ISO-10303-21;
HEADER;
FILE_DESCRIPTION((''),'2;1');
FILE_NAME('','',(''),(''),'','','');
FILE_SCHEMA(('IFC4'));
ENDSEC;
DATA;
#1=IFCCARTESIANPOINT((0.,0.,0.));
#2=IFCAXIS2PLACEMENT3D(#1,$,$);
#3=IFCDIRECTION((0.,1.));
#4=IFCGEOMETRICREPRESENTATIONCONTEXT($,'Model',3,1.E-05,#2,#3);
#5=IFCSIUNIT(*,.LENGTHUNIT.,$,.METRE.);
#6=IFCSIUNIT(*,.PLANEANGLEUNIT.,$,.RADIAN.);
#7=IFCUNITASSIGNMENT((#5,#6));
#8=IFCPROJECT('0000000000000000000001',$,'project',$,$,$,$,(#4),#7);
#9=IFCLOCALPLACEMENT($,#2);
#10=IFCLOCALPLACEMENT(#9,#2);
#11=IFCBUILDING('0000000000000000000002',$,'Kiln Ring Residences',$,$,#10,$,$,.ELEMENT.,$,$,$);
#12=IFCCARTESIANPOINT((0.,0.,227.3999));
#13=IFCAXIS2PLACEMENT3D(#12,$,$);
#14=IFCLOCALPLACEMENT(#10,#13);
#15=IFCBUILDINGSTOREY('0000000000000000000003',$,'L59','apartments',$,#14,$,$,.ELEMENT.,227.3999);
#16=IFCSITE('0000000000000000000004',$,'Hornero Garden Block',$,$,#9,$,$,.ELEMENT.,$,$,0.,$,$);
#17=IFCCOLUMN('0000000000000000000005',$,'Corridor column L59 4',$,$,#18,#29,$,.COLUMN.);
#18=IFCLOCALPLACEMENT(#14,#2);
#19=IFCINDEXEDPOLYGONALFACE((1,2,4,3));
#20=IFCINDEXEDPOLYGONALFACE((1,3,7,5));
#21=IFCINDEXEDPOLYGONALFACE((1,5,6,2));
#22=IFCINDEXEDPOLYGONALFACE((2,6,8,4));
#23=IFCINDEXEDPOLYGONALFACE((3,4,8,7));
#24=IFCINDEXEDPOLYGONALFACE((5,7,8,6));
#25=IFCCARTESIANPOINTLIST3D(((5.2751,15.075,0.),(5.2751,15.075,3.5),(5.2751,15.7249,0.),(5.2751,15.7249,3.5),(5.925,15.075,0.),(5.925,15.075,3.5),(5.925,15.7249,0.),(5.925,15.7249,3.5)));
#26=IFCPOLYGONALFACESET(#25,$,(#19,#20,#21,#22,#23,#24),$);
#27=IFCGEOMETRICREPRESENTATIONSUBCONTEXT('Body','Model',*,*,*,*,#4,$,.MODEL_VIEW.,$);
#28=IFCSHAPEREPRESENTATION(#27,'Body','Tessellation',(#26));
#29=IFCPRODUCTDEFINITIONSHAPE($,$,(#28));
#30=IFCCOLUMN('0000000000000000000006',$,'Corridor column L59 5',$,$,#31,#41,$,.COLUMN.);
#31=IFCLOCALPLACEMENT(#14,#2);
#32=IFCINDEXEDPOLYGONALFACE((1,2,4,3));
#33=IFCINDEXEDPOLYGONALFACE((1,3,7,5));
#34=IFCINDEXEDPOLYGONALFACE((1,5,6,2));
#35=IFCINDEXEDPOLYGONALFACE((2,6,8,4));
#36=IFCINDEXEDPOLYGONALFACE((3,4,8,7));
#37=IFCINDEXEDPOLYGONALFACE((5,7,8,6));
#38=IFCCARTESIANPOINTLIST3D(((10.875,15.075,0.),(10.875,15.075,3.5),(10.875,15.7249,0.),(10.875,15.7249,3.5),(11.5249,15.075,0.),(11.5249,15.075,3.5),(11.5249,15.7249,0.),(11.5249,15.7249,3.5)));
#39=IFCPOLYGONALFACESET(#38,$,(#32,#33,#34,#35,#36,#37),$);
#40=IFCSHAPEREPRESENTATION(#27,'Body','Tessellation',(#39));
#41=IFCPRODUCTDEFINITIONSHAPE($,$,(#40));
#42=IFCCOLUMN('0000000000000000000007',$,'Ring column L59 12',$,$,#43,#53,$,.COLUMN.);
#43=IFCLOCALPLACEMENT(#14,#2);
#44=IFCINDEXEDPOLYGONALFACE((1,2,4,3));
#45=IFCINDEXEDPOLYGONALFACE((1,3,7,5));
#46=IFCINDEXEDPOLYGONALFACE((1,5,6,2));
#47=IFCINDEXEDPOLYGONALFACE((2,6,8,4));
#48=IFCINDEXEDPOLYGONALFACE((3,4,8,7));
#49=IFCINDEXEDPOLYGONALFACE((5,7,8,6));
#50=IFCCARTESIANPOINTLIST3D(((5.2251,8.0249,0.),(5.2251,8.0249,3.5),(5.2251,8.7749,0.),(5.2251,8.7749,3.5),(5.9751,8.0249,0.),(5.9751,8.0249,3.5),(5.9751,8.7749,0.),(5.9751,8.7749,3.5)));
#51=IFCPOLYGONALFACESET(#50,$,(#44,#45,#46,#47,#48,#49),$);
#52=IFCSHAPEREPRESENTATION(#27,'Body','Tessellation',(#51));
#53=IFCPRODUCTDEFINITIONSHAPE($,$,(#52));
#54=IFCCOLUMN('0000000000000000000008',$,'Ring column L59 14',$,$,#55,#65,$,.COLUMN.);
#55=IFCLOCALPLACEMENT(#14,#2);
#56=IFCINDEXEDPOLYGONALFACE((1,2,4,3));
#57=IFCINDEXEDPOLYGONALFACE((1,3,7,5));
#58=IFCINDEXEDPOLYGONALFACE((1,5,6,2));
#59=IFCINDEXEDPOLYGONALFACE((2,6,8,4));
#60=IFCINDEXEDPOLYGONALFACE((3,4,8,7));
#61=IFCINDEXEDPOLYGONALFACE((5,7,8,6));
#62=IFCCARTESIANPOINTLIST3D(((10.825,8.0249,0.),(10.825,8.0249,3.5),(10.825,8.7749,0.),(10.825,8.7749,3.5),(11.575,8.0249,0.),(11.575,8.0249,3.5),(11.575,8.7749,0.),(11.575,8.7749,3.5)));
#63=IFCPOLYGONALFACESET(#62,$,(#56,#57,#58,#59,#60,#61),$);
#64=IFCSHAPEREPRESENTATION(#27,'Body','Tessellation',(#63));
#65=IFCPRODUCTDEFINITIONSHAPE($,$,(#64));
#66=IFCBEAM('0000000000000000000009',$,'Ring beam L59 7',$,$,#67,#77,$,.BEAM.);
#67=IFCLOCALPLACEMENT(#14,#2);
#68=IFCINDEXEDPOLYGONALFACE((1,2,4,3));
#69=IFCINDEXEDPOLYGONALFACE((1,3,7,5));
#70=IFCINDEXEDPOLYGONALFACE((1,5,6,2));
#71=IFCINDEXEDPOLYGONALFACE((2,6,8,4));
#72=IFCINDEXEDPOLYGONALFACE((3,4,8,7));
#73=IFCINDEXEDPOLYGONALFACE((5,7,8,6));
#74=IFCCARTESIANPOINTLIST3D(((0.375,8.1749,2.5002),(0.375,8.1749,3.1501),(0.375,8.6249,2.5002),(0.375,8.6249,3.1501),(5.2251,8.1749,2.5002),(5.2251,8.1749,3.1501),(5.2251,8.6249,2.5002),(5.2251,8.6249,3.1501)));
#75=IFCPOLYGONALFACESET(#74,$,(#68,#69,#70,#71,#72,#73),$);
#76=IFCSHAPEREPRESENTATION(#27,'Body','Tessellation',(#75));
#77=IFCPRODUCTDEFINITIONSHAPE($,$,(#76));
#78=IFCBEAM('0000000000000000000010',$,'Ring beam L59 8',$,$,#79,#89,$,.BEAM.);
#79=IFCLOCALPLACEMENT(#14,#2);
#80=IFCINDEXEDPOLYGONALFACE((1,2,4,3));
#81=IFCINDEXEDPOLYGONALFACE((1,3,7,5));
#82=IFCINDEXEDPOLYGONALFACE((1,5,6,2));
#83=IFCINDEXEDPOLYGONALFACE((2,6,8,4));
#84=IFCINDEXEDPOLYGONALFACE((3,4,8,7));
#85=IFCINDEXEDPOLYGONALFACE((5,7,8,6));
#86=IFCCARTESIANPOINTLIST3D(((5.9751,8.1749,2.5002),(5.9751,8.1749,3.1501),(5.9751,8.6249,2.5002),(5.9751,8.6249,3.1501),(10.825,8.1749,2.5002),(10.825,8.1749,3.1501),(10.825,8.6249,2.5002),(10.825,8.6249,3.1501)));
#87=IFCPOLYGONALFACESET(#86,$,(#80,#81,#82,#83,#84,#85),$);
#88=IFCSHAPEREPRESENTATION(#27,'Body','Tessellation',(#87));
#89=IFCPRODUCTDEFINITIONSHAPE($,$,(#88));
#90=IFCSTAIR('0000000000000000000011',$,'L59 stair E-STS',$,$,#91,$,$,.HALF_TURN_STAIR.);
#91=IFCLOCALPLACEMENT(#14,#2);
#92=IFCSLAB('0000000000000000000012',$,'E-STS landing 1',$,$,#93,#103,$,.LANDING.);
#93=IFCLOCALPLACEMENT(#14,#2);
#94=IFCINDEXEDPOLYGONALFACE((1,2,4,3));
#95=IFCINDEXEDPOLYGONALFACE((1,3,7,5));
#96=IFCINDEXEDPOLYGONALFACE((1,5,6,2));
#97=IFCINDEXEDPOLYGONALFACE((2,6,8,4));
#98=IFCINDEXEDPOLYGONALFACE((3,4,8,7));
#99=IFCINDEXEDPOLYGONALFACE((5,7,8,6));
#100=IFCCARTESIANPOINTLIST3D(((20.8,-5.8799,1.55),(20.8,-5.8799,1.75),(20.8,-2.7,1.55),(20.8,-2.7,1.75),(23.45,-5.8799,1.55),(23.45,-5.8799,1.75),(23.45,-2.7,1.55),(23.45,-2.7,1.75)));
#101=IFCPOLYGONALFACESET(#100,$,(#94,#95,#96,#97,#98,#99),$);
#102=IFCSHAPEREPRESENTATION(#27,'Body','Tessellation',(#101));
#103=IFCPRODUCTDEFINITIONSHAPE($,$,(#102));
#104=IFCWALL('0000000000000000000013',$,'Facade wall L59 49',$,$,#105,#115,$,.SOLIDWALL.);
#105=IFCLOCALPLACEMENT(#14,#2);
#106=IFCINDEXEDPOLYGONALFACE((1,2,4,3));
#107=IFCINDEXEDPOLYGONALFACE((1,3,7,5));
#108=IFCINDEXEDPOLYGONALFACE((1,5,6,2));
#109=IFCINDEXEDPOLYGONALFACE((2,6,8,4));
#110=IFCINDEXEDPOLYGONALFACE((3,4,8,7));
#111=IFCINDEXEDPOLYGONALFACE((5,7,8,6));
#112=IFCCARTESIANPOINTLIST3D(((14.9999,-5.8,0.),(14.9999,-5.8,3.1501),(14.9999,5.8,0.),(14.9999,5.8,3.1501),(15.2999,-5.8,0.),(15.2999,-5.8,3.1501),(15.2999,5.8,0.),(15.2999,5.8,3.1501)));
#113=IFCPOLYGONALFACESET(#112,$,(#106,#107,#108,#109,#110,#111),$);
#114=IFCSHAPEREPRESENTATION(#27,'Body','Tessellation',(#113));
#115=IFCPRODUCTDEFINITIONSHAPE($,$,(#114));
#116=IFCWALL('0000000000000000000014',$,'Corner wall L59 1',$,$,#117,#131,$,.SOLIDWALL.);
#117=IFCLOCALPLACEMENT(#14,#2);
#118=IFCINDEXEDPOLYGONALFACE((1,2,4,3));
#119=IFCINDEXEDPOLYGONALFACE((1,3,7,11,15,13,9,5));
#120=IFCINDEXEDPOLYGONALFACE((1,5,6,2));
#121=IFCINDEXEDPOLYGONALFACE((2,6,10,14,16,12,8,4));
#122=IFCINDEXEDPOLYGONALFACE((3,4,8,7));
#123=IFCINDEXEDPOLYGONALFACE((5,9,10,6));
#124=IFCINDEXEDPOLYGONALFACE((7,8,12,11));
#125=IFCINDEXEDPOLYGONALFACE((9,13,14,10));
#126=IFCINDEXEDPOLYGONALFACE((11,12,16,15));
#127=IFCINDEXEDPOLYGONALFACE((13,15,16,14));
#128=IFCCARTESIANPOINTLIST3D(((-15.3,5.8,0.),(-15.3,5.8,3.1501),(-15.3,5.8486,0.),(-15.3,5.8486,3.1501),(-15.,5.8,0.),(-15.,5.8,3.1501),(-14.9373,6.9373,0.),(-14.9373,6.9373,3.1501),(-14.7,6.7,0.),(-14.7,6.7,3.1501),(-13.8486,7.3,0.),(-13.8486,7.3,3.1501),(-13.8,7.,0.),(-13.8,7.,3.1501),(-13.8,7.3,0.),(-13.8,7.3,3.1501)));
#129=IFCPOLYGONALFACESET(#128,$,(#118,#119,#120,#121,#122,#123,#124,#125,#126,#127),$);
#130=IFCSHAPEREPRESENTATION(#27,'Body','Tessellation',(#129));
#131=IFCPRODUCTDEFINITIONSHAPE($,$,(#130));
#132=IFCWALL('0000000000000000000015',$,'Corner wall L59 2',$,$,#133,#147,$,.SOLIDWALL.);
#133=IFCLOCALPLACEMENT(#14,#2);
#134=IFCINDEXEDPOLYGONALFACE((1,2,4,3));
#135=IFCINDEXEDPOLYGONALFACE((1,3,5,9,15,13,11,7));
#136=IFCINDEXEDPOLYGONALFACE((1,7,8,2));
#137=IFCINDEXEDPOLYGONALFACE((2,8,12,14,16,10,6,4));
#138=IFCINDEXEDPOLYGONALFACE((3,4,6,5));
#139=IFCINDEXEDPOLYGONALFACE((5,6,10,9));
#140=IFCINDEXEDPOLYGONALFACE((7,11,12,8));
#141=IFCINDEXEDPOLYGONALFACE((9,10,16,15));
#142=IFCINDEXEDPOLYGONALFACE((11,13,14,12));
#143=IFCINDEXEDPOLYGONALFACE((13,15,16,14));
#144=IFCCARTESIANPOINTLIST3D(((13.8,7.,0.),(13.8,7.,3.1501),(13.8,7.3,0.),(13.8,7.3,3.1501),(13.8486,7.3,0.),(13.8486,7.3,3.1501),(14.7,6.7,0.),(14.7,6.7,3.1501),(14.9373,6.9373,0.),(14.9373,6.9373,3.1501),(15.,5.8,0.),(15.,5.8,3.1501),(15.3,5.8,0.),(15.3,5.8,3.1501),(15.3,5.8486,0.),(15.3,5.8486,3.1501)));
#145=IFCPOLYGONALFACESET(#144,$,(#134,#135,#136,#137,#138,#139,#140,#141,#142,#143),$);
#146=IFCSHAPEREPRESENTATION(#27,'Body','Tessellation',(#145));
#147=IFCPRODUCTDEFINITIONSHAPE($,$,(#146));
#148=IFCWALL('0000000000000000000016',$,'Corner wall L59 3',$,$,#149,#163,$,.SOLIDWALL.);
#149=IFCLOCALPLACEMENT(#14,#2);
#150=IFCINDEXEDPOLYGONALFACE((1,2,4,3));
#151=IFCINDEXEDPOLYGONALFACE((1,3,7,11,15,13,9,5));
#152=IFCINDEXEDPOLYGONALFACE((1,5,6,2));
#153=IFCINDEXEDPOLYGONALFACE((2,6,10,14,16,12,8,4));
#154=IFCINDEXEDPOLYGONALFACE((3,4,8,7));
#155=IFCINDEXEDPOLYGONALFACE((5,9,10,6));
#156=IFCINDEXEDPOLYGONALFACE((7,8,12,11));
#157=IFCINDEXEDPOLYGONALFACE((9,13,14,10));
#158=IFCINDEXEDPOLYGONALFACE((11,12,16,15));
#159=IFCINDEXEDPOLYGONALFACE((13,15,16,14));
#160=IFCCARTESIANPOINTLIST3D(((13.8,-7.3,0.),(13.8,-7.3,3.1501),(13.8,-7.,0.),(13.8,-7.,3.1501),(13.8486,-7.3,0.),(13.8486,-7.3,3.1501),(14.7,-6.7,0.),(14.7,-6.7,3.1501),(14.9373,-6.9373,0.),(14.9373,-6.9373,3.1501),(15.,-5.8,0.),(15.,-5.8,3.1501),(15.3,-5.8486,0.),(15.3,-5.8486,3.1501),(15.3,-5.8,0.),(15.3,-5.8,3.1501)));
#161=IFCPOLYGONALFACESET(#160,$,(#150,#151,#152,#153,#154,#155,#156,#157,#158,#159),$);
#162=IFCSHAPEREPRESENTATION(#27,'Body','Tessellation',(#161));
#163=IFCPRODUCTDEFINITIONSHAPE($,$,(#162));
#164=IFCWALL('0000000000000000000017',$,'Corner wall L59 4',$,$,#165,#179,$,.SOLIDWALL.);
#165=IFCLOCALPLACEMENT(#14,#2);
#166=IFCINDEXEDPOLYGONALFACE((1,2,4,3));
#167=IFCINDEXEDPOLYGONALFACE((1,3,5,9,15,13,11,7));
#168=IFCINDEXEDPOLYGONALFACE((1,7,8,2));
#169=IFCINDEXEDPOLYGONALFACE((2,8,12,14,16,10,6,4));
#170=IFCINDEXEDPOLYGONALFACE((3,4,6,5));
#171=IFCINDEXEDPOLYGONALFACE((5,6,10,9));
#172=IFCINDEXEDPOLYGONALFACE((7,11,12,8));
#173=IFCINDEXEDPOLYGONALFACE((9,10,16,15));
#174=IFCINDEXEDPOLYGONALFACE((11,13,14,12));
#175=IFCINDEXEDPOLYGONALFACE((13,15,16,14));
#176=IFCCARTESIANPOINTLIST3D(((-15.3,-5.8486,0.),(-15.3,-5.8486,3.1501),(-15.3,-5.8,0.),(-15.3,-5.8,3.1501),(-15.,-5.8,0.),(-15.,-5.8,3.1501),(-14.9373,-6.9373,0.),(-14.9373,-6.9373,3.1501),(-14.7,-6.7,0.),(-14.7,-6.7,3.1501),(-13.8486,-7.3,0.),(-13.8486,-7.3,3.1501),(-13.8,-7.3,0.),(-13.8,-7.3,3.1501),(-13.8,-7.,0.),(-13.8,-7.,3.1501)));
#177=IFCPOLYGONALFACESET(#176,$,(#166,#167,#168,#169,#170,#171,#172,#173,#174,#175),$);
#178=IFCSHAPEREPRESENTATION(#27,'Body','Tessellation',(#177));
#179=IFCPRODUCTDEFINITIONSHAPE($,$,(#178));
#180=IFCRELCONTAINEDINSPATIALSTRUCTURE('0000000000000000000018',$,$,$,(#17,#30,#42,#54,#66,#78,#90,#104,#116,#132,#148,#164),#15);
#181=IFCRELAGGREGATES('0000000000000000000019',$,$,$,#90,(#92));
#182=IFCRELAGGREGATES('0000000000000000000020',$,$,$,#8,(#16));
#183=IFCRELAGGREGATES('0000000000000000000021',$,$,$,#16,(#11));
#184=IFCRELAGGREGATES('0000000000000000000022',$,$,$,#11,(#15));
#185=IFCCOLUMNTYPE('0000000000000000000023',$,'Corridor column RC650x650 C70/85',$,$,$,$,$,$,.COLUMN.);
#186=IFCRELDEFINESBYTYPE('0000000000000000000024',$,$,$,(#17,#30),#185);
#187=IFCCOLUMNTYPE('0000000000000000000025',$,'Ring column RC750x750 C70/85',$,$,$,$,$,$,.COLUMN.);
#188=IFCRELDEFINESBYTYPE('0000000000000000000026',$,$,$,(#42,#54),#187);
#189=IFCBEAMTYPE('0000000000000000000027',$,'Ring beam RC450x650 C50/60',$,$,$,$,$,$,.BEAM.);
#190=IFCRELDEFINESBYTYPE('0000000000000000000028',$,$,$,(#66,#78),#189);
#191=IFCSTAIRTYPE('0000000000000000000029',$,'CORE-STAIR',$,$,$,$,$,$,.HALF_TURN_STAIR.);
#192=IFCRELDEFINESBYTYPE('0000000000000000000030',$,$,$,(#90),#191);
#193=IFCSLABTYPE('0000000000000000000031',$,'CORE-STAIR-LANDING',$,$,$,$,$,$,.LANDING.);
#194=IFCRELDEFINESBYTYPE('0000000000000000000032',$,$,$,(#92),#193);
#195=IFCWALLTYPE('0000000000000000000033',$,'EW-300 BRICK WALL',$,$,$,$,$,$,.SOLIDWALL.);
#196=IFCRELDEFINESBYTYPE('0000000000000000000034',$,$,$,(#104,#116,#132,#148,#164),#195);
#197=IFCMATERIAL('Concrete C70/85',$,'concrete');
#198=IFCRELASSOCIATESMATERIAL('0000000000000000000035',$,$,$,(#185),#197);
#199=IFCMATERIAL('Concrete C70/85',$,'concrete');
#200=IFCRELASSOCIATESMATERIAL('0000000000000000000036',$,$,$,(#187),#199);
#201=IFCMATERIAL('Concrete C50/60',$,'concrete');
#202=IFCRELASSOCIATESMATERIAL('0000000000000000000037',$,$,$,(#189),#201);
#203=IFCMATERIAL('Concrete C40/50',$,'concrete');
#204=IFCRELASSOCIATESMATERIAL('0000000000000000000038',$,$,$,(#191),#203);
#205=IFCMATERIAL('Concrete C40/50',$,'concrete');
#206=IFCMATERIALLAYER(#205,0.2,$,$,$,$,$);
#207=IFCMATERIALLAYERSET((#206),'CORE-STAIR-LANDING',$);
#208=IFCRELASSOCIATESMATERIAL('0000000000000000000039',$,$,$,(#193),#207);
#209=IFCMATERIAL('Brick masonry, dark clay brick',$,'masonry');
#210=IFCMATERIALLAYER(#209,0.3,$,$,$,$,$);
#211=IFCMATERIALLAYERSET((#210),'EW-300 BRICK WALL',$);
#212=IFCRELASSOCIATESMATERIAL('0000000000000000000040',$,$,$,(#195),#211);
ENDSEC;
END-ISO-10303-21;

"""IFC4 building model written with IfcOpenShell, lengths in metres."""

from ifc_helpers import new_model, si_unit, direction, frame, frame_2d, origin, origin_2d, place, context, subcontext, project, spatial, polyline, rectangle, outline, extrude, material, layer, layer_set, material_profile, profile_set, type_object, element, aggregate, save


model = new_model("IFC4")

# Units and contexts
model_context = context("Model", 3, precision=1e-05, world=origin(), true_north=direction((0.0, 1.0)))
body_context = subcontext(model_context, "Body", "Model", "MODEL_VIEW")
ifc_project = project(units=[si_unit("LENGTHUNIT", "METRE"), si_unit("PLANEANGLEUNIT", "RADIAN")], contexts=[model_context])

# Site, building, storey
site_placement = place(None, origin())
site = spatial("IfcSite", under=ifc_project, at=site_placement, Name="Hornero Garden Block", CompositionType="ELEMENT", RefElevation=0.0)
building_placement = place(site_placement, origin())
building = spatial("IfcBuilding", under=site, at=building_placement, Name="Kiln Ring Residences", CompositionType="ELEMENT")
storey_placement = place(building_placement, frame((0.0, 0.0, 227.3999)))
storey = spatial("IfcBuildingStorey", under=building, at=storey_placement, Name="L59", Description="apartments", CompositionType="ELEMENT", Elevation=227.3999)

# Columns
ifc_material_1 = material(Name="Concrete C70/85", Category="concrete")
ifc_material_profile_1 = material_profile(ifc_material_1, rectangle(XDim=0.6499, YDim=0.6499, at=origin_2d()), Name="RC650x650")
ifc_profile_set_1 = profile_set([ifc_material_profile_1], Name="Concrete C70/85")
column_type_1 = type_object("IfcColumnType", Name="Corridor column RC650x650 C70/85", PredefinedType="COLUMN", material=ifc_profile_set_1)
for number, where, z_axis, x_axis, name in (
    (1, (5.6001, 15.3999, 0.0), (0.0, 0.0, 1.0), (1.0, 0.0, 0.0), "Corridor column L59 4"),
    (2, (11.2, 15.3999, 0.0), (0.0, 0.0, 1.0), (1.0, 0.0, 0.0), "Corridor column L59 5"),
):
    element("IfcColumn", number, at=place(storey_placement, frame(where, z_axis=z_axis, x_axis=x_axis)), inside=storey, type_object=column_type_1, Name=name, PredefinedType="COLUMN", context=body_context, shape_type="SweptSolid", body=[
        extrude(rectangle(XDim=0.6499, YDim=0.6499, at=origin_2d()), origin(), (0.0, 0.0, 1.0), 3.5),
    ])
ifc_material_2 = material(Name="Concrete C70/85", Category="concrete")
ifc_material_profile_2 = material_profile(ifc_material_2, rectangle(XDim=0.75, YDim=0.75, at=origin_2d()), Name="RC750x750")
ifc_profile_set_2 = profile_set([ifc_material_profile_2], Name="Concrete C70/85")
column_type_2 = type_object("IfcColumnType", Name="Ring column RC750x750 C70/85", PredefinedType="COLUMN", material=ifc_profile_set_2)
for number, where, z_axis, x_axis, name in (
    (3, (5.6001, 8.3999, 0.0), (0.0, 0.0, 1.0), (1.0, 0.0, 0.0), "Ring column L59 12"),
    (4, (11.2, 8.3999, 0.0), (0.0, 0.0, 1.0), (1.0, 0.0, 0.0), "Ring column L59 14"),
):
    element("IfcColumn", number, at=place(storey_placement, frame(where, z_axis=z_axis, x_axis=x_axis)), inside=storey, type_object=column_type_2, Name=name, PredefinedType="COLUMN", context=body_context, shape_type="SweptSolid", body=[
        extrude(rectangle(XDim=0.75, YDim=0.75, at=origin_2d()), origin(), (0.0, 0.0, 1.0), 3.5),
    ])

# Beams
ifc_material_3 = material(Name="Concrete C50/60", Category="concrete")
ifc_material_profile_3 = material_profile(ifc_material_3, rectangle(XDim=0.45, YDim=0.6499, at=origin_2d()), Name="RC450x650")
ifc_profile_set_3 = profile_set([ifc_material_profile_3], Name="Concrete C50/60")
beam_type = type_object("IfcBeamType", Name="Ring beam RC450x650 C50/60", PredefinedType="BEAM", material=ifc_profile_set_3)
beam_1_placement = place(storey_placement, frame((0.375, 8.3999, 2.8252), z_axis=(1.0, 0.0, 0.0), x_axis=(0.0, 1.0, 0.0)))
element("IfcBeam", 5, at=beam_1_placement, inside=storey, type_object=beam_type, Name="Ring beam L59 7", PredefinedType="BEAM", context=body_context, shape_type="SweptSolid", body=[
    extrude(rectangle(XDim=0.45, YDim=0.6499, at=origin_2d()), origin(), (0.0, 0.0, 1.0), 4.8501),
])
beam_2_placement = place(storey_placement, frame((5.9751, 8.3999, 2.8252), z_axis=(1.0, 0.0, 0.0), x_axis=(0.0, 1.0, 0.0)))
element("IfcBeam", 6, at=beam_2_placement, inside=storey, type_object=beam_type, Name="Ring beam L59 8", PredefinedType="BEAM", context=body_context, shape_type="SweptSolid", body=[
    extrude(rectangle(XDim=0.45, YDim=0.6499, at=origin_2d()), origin(), (0.0, 0.0, 1.0), 4.8499),
])

# Stair, slab
ifc_material_4 = material(Name="Concrete C40/50", Category="concrete")
stair_type = type_object("IfcStairType", Name="CORE-STAIR", PredefinedType="HALF_TURN_STAIR", material=ifc_material_4)
placement = place(storey_placement, origin())
stair = element("IfcStair", 7, at=placement, inside=storey, type_object=stair_type, Name="L59 stair E-STS", PredefinedType="HALF_TURN_STAIR")
ifc_material_5 = material(Name="Concrete C40/50", Category="concrete")
ifc_layer_1 = layer(ifc_material_5, 0.2)
ifc_layer_set_1 = layer_set([ifc_layer_1], Name="CORE-STAIR-LANDING")
slab_type = type_object("IfcSlabType", Name="CORE-STAIR-LANDING", PredefinedType="LANDING", material=ifc_layer_set_1)
slab_placement = place(storey_placement, frame((0.0, 0.0, 1.55)))
slab = element("IfcSlab", 8, at=slab_placement, type_object=slab_type, Name="E-STS landing 1", PredefinedType="LANDING", context=body_context, shape_type="SweptSolid", body=[
    extrude(outline(polyline([(23.45, -5.8799), (23.45, -2.7), (20.8, -2.7), (20.8, -5.8799), (23.45, -5.8799)])), origin(), (0.0, 0.0, 1.0), 0.2),
])
aggregate(stair, [slab])

# Walls
ifc_material_6 = material(Name="Brick masonry, dark clay brick", Category="masonry")
ifc_layer_2 = layer(ifc_material_6, 0.3)
ifc_layer_set_2 = layer_set([ifc_layer_2], Name="EW-300 BRICK WALL")
wall_type_1 = type_object("IfcWallType", Name="EW-300 BRICK WALL", PredefinedType="SOLIDWALL", material=ifc_layer_set_2)
wall_1_placement = place(storey_placement, frame((15.1499, 5.8, 0.0), z_axis=(0.0, 0.0, 1.0), x_axis=(0.0, -1.0, 0.0)))
element("IfcWall", 9, at=wall_1_placement, inside=storey, type_object=wall_type_1, Name="Facade wall L59 49", PredefinedType="SOLIDWALL", context=body_context, shape_type="SweptSolid", body=[
    extrude(rectangle(XDim=11.6001, YDim=0.3, at=frame_2d((5.8, 0.0))), origin(), (0.0, 0.0, 1.0), 3.1501),
])
element("IfcWall", 10, at=placement, inside=storey, type_object=wall_type_1, Name="Corner wall L59 1", PredefinedType="SOLIDWALL", context=body_context, shape_type="SweptSolid", body=[
    extrude(outline(polyline([(-13.8486, 7.3), (-14.9373, 6.9373), (-15.3, 5.8486), (-15.3, 5.8), (-15.0, 5.8), (-14.7, 6.7), (-13.8, 7.0), (-13.8, 7.3), (-13.8486, 7.3)])), origin(), (0.0, 0.0, 1.0), 3.1501),
])
element("IfcWall", 11, at=placement, inside=storey, type_object=wall_type_1, Name="Corner wall L59 2", PredefinedType="SOLIDWALL", context=body_context, shape_type="SweptSolid", body=[
    extrude(outline(polyline([(14.9373, 6.9373), (13.8486, 7.3), (13.8, 7.3), (13.8, 7.0), (14.7, 6.7), (15.0, 5.8), (15.3, 5.8), (15.3, 5.8486), (14.9373, 6.9373)])), origin(), (0.0, 0.0, 1.0), 3.1501),
])
element("IfcWall", 12, at=placement, inside=storey, type_object=wall_type_1, Name="Corner wall L59 3", PredefinedType="SOLIDWALL", context=body_context, shape_type="SweptSolid", body=[
    extrude(outline(polyline([(14.9373, -6.9373), (15.3, -5.8486), (15.3, -5.8), (15.0, -5.8), (14.7, -6.7), (13.8, -7.0), (13.8, -7.3), (13.8486, -7.3), (14.9373, -6.9373)])), origin(), (0.0, 0.0, 1.0), 3.1501),
])
element("IfcWall", 13, at=placement, inside=storey, type_object=wall_type_1, Name="Corner wall L59 4", PredefinedType="SOLIDWALL", context=body_context, shape_type="SweptSolid", body=[
    extrude(outline(polyline([(-14.9373, -6.9373), (-13.8486, -7.3), (-13.8, -7.3), (-13.8, -7.0), (-14.7, -6.7), (-15.0, -5.8), (-15.3, -5.8), (-15.3, -5.8486), (-14.9373, -6.9373)])), origin(), (0.0, 0.0, 1.0), 3.1501),
])

save(model, "model.ifc")
